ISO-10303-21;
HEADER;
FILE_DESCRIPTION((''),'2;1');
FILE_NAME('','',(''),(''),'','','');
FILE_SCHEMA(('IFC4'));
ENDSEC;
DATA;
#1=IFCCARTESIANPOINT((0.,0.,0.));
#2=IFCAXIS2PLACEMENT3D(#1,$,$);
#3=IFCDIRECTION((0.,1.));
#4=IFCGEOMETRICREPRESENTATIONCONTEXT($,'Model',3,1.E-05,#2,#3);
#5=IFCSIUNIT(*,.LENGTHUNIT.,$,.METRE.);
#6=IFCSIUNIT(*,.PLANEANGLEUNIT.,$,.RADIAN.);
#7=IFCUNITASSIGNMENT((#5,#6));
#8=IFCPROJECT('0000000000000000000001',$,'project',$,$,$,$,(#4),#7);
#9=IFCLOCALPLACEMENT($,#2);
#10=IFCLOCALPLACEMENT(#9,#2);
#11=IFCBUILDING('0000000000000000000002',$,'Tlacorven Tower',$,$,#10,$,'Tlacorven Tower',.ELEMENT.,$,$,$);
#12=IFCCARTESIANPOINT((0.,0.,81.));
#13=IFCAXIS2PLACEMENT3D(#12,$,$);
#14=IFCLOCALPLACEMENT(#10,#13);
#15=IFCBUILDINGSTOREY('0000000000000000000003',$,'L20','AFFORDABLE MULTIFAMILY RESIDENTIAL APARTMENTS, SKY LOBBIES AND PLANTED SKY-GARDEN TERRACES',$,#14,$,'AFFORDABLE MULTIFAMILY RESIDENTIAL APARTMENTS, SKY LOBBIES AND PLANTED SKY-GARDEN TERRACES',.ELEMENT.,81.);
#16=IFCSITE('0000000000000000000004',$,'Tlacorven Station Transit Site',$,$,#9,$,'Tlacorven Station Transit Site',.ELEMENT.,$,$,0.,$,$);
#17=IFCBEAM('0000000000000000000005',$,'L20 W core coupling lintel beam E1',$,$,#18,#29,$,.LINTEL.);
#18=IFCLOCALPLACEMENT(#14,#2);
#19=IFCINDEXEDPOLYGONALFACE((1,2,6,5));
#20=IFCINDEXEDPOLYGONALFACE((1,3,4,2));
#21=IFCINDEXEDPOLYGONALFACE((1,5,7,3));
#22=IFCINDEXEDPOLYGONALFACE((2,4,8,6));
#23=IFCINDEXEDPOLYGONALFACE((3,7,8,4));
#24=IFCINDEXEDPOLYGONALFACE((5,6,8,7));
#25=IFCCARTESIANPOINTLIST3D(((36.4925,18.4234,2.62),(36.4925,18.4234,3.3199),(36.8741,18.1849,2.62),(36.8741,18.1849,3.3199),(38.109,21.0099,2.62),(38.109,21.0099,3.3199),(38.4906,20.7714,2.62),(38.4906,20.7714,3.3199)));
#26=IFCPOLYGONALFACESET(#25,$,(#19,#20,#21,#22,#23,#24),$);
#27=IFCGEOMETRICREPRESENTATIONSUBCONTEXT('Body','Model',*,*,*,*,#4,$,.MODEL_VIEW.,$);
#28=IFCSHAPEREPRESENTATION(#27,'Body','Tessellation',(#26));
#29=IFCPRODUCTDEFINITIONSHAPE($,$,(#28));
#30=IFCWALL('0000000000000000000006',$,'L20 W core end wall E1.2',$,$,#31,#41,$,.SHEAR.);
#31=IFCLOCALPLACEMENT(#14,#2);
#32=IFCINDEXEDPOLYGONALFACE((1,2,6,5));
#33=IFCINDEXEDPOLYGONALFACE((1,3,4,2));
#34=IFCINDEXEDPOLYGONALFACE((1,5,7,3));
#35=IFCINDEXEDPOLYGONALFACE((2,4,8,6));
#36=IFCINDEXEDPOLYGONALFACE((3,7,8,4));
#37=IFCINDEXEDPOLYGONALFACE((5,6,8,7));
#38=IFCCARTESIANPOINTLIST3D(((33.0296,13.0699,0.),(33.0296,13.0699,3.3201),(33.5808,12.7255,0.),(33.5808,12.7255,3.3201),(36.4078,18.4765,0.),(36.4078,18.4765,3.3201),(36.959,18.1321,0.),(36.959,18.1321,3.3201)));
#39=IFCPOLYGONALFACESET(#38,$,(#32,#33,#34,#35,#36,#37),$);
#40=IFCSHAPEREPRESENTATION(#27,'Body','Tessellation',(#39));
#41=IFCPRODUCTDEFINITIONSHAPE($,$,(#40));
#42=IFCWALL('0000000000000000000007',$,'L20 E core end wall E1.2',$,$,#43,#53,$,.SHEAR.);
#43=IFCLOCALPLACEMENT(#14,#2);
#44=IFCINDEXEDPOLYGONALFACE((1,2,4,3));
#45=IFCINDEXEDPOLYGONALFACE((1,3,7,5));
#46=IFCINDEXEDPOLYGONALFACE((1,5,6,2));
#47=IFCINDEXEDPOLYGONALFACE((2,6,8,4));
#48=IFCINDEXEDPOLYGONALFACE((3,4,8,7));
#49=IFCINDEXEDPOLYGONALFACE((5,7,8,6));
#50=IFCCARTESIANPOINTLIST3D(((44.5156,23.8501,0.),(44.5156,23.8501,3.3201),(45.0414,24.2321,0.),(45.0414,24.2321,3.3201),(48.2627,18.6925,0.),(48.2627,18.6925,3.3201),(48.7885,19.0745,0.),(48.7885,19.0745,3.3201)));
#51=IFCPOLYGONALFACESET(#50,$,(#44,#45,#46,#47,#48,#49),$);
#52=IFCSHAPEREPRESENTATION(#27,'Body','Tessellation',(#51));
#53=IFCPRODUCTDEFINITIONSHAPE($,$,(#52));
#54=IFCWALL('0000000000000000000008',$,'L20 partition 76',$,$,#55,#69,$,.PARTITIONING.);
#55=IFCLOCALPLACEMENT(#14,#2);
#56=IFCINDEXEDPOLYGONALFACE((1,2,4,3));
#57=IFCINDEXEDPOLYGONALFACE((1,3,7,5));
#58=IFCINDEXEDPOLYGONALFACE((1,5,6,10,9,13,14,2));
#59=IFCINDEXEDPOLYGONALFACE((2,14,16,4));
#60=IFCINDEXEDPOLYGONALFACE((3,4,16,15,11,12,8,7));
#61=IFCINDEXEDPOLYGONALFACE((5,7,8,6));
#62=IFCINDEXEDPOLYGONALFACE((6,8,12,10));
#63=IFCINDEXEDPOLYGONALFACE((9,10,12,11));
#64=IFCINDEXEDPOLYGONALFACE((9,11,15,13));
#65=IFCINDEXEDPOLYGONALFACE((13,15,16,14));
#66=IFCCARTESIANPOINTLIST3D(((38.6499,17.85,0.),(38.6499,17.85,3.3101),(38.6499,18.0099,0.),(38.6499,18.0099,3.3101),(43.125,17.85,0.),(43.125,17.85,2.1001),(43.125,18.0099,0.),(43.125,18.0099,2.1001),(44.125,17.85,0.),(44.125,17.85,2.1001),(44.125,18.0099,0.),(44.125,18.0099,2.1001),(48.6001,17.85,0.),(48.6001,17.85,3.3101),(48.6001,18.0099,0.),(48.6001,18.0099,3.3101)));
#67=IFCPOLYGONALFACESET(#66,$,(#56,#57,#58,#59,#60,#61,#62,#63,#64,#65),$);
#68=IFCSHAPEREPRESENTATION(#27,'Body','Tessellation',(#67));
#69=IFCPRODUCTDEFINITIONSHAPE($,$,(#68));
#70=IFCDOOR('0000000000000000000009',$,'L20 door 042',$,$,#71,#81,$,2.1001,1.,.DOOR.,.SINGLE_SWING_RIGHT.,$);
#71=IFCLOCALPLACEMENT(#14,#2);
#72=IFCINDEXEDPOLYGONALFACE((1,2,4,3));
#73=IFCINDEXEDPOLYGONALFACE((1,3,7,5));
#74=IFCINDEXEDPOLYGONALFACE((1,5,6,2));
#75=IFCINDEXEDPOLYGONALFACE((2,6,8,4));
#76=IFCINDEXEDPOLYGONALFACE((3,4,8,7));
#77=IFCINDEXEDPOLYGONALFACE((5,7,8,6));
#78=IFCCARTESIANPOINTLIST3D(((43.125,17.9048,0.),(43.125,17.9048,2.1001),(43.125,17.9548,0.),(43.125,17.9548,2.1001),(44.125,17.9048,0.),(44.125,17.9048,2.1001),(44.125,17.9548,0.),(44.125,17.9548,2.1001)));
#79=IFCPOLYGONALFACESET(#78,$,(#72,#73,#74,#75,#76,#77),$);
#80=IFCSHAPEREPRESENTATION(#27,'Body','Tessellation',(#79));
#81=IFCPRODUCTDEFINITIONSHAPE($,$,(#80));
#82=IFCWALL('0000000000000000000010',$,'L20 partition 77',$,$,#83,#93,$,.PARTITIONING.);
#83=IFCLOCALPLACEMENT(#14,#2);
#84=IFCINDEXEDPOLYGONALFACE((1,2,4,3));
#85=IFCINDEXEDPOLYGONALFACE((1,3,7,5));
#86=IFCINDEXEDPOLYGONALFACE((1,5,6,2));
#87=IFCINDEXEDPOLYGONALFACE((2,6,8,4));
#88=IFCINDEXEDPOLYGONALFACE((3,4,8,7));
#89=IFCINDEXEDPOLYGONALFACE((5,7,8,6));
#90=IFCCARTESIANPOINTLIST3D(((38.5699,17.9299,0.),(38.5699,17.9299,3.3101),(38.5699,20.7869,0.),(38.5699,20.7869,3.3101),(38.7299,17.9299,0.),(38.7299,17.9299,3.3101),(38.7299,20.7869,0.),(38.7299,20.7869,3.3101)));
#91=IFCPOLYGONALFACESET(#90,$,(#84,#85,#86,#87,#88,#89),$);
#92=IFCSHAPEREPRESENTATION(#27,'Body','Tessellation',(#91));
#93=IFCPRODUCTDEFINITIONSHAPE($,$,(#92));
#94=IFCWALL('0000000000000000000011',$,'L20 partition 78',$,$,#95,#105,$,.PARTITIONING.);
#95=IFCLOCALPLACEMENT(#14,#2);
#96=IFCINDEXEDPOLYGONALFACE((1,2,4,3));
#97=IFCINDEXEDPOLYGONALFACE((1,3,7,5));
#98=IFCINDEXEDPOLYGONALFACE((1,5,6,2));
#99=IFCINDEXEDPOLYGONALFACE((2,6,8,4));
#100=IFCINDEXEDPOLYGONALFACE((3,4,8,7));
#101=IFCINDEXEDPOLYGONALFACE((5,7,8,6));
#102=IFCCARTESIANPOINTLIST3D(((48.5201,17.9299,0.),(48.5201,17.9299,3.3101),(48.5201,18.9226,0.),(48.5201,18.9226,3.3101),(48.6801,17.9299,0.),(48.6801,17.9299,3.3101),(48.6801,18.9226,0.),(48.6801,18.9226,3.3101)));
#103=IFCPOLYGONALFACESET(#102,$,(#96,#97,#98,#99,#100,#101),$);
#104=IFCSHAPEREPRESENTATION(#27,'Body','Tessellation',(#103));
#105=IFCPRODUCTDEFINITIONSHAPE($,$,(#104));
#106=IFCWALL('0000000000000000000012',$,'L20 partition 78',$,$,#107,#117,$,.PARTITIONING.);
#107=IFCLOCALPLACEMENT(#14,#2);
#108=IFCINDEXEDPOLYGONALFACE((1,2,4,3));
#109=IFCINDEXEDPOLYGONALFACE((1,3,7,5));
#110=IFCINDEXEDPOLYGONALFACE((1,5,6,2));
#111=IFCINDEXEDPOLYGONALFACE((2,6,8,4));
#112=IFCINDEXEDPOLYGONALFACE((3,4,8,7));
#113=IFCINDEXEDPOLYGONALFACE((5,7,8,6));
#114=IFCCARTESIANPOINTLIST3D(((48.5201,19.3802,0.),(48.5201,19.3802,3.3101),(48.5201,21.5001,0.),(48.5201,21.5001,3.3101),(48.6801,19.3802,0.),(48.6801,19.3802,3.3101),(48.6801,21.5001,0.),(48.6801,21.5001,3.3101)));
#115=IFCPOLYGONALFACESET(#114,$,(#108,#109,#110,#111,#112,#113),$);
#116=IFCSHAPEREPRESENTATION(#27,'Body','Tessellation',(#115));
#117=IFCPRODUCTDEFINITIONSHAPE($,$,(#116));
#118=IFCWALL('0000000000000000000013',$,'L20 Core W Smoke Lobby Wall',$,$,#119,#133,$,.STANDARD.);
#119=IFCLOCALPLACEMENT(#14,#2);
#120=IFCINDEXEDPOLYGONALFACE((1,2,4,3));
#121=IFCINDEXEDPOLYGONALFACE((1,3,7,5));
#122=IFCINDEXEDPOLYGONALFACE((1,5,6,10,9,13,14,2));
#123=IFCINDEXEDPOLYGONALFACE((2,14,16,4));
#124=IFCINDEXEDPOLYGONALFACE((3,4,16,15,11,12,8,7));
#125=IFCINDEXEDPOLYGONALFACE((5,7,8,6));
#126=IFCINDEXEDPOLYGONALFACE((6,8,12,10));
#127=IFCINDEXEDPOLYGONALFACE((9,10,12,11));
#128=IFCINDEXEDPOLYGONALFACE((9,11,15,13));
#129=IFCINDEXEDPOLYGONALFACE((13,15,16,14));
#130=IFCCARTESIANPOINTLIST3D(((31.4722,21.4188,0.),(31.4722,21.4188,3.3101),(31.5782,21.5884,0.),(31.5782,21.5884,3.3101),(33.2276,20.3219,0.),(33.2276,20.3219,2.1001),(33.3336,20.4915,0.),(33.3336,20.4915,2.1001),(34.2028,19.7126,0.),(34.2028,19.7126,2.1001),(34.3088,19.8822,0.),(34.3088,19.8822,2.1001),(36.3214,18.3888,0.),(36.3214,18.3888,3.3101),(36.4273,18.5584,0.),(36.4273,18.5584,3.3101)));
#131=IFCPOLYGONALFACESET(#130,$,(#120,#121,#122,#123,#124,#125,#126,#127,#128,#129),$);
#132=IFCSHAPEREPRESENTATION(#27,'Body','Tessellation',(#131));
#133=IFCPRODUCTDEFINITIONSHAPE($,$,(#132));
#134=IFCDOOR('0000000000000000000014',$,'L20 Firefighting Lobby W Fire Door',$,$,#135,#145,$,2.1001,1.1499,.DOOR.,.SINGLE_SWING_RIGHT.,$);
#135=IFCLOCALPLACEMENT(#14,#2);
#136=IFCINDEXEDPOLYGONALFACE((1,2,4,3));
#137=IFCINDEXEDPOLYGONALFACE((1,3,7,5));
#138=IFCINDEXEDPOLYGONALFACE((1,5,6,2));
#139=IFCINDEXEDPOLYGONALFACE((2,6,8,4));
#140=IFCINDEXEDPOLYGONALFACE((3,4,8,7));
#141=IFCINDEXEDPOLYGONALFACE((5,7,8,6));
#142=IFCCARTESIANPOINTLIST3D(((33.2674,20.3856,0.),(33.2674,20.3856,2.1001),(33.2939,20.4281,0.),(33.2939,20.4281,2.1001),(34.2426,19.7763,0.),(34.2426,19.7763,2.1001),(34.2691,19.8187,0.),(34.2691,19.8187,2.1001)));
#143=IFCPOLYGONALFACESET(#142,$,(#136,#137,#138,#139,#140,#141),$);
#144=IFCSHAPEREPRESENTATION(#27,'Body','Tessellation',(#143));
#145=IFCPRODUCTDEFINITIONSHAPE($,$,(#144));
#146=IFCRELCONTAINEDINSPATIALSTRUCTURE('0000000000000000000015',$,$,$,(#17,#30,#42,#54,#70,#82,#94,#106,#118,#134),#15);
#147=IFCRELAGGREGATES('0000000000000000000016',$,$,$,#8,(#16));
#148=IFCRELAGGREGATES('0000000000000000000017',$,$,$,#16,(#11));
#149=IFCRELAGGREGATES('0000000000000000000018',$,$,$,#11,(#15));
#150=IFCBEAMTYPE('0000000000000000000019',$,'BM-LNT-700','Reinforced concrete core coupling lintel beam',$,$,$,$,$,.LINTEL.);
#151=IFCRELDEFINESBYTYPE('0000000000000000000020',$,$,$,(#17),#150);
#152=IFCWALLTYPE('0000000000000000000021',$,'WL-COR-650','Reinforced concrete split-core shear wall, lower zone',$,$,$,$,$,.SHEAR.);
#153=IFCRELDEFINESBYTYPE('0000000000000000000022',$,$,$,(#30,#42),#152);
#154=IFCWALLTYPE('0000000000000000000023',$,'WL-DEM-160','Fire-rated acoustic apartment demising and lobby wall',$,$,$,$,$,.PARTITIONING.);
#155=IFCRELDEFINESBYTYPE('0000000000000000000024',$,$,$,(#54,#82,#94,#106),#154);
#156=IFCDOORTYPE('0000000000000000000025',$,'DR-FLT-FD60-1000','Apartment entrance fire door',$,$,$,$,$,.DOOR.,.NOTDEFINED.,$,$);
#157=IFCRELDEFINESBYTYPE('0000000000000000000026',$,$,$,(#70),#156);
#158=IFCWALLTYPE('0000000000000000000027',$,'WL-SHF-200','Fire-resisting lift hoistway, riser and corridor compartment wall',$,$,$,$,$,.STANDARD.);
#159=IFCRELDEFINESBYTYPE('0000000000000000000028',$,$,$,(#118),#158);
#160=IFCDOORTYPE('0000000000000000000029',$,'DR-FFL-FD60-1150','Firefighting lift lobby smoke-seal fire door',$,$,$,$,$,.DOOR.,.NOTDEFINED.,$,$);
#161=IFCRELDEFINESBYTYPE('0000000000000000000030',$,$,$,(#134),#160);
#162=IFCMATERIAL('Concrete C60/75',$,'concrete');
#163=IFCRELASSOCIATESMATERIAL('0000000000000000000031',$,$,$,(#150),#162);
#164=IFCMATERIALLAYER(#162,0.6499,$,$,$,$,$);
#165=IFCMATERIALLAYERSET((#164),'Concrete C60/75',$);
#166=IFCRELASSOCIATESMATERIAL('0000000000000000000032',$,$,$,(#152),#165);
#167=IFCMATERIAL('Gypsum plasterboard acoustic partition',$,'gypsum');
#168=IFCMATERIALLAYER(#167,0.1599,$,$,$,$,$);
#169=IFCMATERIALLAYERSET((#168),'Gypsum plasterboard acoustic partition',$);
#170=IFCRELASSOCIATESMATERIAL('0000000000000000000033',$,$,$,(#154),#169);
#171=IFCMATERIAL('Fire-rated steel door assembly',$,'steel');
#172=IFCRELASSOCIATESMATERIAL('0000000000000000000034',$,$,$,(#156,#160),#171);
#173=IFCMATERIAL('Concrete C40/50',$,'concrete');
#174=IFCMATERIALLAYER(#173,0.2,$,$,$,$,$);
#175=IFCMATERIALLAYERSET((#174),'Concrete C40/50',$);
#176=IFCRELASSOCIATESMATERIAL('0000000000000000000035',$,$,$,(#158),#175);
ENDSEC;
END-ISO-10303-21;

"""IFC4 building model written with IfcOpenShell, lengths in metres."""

from ifc_helpers import new_model, si_unit, direction, frame, frame_2d, origin, origin_2d, place, context, subcontext, project, spatial, rectangle, extrude, source, transform, mapped, material, layer, layer_set, material_profile, profile_set, type_object, element, fill, save


model = new_model("IFC4")

# Units and contexts
model_context = context("Model", 3, precision=1e-05, world=origin(), true_north=direction((0.0, 1.0)))
body_context = subcontext(model_context, "Body", "Model", "MODEL_VIEW")
ifc_project = project(units=[si_unit("LENGTHUNIT", "METRE"), si_unit("PLANEANGLEUNIT", "RADIAN")], contexts=[model_context])

# Site, building, storey
site_placement = place(None, origin())
site = spatial("IfcSite", under=ifc_project, at=site_placement, Name="Tlacorven Station Transit Site", LongName="Tlacorven Station Transit Site", CompositionType="ELEMENT", RefElevation=0.0)
building_placement = place(site_placement, origin())
building = spatial("IfcBuilding", under=site, at=building_placement, Name="Tlacorven Tower", LongName="Tlacorven Tower", CompositionType="ELEMENT")
storey_placement = place(building_placement, frame((0.0, 0.0, 81.0)))
storey = spatial("IfcBuildingStorey", under=building, at=storey_placement, Name="L20", Description="AFFORDABLE MULTIFAMILY RESIDENTIAL APARTMENTS, SKY LOBBIES AND PLANTED SKY-GARDEN TERRACES", LongName="AFFORDABLE MULTIFAMILY RESIDENTIAL APARTMENTS, SKY LOBBIES AND PLANTED SKY-GARDEN TERRACES", CompositionType="ELEMENT", Elevation=81.0)

# Beam
ifc_material_1 = material(Name="Concrete C60/75", Category="concrete")
ifc_material_profile = material_profile(ifc_material_1, rectangle(XDim=0.45, YDim=0.7, at=origin_2d()), Name="RC 450X700")
ifc_profile_set = profile_set([ifc_material_profile], Name="Concrete C60/75")
beam_type = type_object("IfcBeamType", Name="BM-LNT-700", Description="Reinforced concrete core coupling lintel beam", PredefinedType="LINTEL", material=ifc_profile_set)
shared_shape_1 = source(origin(), body_context, "Body", "SweptSolid", [
    extrude(rectangle(XDim=0.45, YDim=0.7, at=origin_2d()), origin(), (0.0, 0.0, 1.0), 3.05),
])
beam_placement = place(storey_placement, frame((38.2998, 20.8906, 2.97), z_axis=(-0.529985, -0.848007, 0.0), x_axis=(0.848007, -0.529985, 0.0)))
element("IfcBeam", 1, at=beam_placement, inside=storey, type_object=beam_type, Name="L20 W core coupling lintel beam E1", PredefinedType="LINTEL", context=body_context, shape_type="MappedRepresentation", body=[
    mapped(shared_shape_1, transform((0.0, 0.0, 0.0), scale=1.0)),
])

# Walls
ifc_layer_1 = layer(ifc_material_1, 0.6499)
ifc_layer_set_1 = layer_set([ifc_layer_1], Name="Concrete C60/75")
wall_type_1 = type_object("IfcWallType", Name="WL-COR-650", Description="Reinforced concrete split-core shear wall, lower zone", PredefinedType="SHEAR", material=ifc_layer_set_1)
wall_1_placement = place(storey_placement, frame((36.6833, 18.3042, 0.0), z_axis=(0.0, 0.0, 1.0), x_axis=(-0.529899, -0.848061, 0.0)))
element("IfcWall", 2, at=wall_1_placement, inside=storey, type_object=wall_type_1, Name="L20 W core end wall E1.2", PredefinedType="SHEAR", context=body_context, shape_type="SweptSolid", body=[
    extrude(rectangle(XDim=6.3752, YDim=0.6499, at=frame_2d((3.1875, 0.0))), origin(), (0.0, 0.0, 1.0), 3.3201),
])
wall_2_placement = place(storey_placement, frame((48.5256, 18.8835, 0.0), z_axis=(0.0, 0.0, 1.0), x_axis=(-0.58778, 0.809021, 0.0)))
element("IfcWall", 3, at=wall_2_placement, inside=storey, type_object=wall_type_1, Name="L20 E core end wall E1.2", PredefinedType="SHEAR", context=body_context, shape_type="SweptSolid", body=[
    extrude(rectangle(XDim=6.375, YDim=0.6499, at=frame_2d((3.1875, 0.0))), origin(), (0.0, 0.0, 1.0), 3.3201),
])

# Wall, opening, door
ifc_material_2 = material(Name="Gypsum plasterboard acoustic partition", Category="gypsum")
ifc_layer_2 = layer(ifc_material_2, 0.1599)
ifc_layer_set_2 = layer_set([ifc_layer_2], Name="Gypsum plasterboard acoustic partition")
wall_type_2 = type_object("IfcWallType", Name="WL-DEM-160", Description="Fire-rated acoustic apartment demising and lobby wall", PredefinedType="PARTITIONING", material=ifc_layer_set_2)
wall_3_placement = place(storey_placement, frame((38.6499, 17.9299, 0.0), z_axis=(0.0, 0.0, 1.0), x_axis=(1.0, 0.0, 0.0)))
wall_3 = element("IfcWall", 4, at=wall_3_placement, inside=storey, type_object=wall_type_2, Name="L20 partition 76", PredefinedType="PARTITIONING", context=body_context, shape_type="SweptSolid", body=[
    extrude(rectangle(XDim=9.9502, YDim=0.1599, at=frame_2d((4.9751, 0.0))), origin(), (0.0, 0.0, 1.0), 3.3101),
])
opening_1_placement = place(wall_3_placement, frame((4.4751, 0.0, 0.0)))
opening_1 = element("IfcOpeningElement", 5, at=opening_1_placement, cuts=wall_3, PredefinedType="OPENING", context=body_context, shape_type="SweptSolid", body=[
    extrude(rectangle(XDim=1.0, YDim=2.1001, at=frame_2d((0.5, 1.05))), frame((0.0, 0.0898, 0.0), z_axis=(0.0, -1.0, 0.0), x_axis=(1.0, 0.0, 0.0)), (0.0, 0.0, 1.0), 0.1799),
])
ifc_material_3 = material(Name="Fire-rated steel door assembly", Category="steel")
door_type_1 = type_object("IfcDoorType", Name="DR-FLT-FD60-1000", Description="Apartment entrance fire door", OperationType="NOTDEFINED", PredefinedType="DOOR", material=ifc_material_3)
shared_shape_2 = source(origin(), body_context, "Body", "SweptSolid", [
    extrude(rectangle(XDim=1.0, YDim=2.1001, at=frame_2d((0.5, 1.05))), frame((0.0, 0.0249, 0.0), z_axis=(0.0, -1.0, 0.0), x_axis=(1.0, 0.0, 0.0)), (0.0, 0.0, 1.0), 0.05),
])
door_1_placement = place(opening_1_placement, origin())
door_1 = element("IfcDoor", 6, at=door_1_placement, inside=storey, type_object=door_type_1, Name="L20 door 042", OperationType="SINGLE_SWING_RIGHT", OverallHeight=2.1001, OverallWidth=1.0, PredefinedType="DOOR", context=body_context, shape_type="MappedRepresentation", body=[
    mapped(shared_shape_2, transform((0.0, 0.0, 0.0), scale=1.0)),
])
fill(opening_1, door_1)

# Walls
wall_4_placement = place(storey_placement, frame((38.6499, 17.9299, 0.0), z_axis=(0.0, 0.0, 1.0), x_axis=(0.0, 1.0, 0.0)))
element("IfcWall", 7, at=wall_4_placement, inside=storey, type_object=wall_type_2, Name="L20 partition 77", PredefinedType="PARTITIONING", context=body_context, shape_type="SweptSolid", body=[
    extrude(rectangle(XDim=2.8569, YDim=0.1599, at=frame_2d((1.4285, 0.0))), origin(), (0.0, 0.0, 1.0), 3.3101),
])
wall_5_placement = place(storey_placement, frame((48.6001, 17.9299, 0.0), z_axis=(0.0, 0.0, 1.0), x_axis=(0.0, 1.0, 0.0)))
element("IfcWall", 8, at=wall_5_placement, inside=storey, type_object=wall_type_2, Name="L20 partition 78", PredefinedType="PARTITIONING", context=body_context, shape_type="SweptSolid", body=[
    extrude(rectangle(XDim=0.9927, YDim=0.1599, at=frame_2d((0.4963, 0.0))), origin(), (0.0, 0.0, 1.0), 3.3101),
])
wall_6_placement = place(storey_placement, frame((48.6001, 19.3801, 0.0), z_axis=(0.0, 0.0, 1.0), x_axis=(0.0, 1.0, 0.0)))
element("IfcWall", 9, at=wall_6_placement, inside=storey, type_object=wall_type_2, Name="L20 partition 78", PredefinedType="PARTITIONING", context=body_context, shape_type="SweptSolid", body=[
    extrude(rectangle(XDim=2.1199, YDim=0.1599, at=frame_2d((1.0601, 0.0))), origin(), (0.0, 0.0, 1.0), 3.3101),
])

# Wall, opening, door
ifc_material_4 = material(Name="Concrete C40/50", Category="concrete")
ifc_layer_3 = layer(ifc_material_4, 0.2)
ifc_layer_set_3 = layer_set([ifc_layer_3], Name="Concrete C40/50")
wall_type_3 = type_object("IfcWallType", Name="WL-SHF-200", Description="Fire-resisting lift hoistway, riser and corridor compartment wall", PredefinedType="STANDARD", material=ifc_layer_set_3)
wall_7_placement = place(storey_placement, frame((36.3743, 18.4736, 0.0), z_axis=(0.0, 0.0, 1.0), x_axis=(-0.848051, 0.529915, 0.0)))
wall_7 = element("IfcWall", 10, at=wall_7_placement, inside=storey, type_object=wall_type_3, Name="L20 Core W Smoke Lobby Wall", PredefinedType="STANDARD", context=body_context, shape_type="SweptSolid", body=[
    extrude(rectangle(XDim=5.718, YDim=0.2, at=frame_2d((2.8589, 0.0))), origin(), (0.0, 0.0, 1.0), 3.3101),
])
opening_2_placement = place(wall_7_placement, frame((2.498, 0.0, 0.0)))
opening_2 = element("IfcOpeningElement", 11, at=opening_2_placement, cuts=wall_7, PredefinedType="OPENING", context=body_context, shape_type="SweptSolid", body=[
    extrude(rectangle(XDim=1.1499, YDim=2.1001, at=frame_2d((0.575, 1.05))), frame((0.0, 0.1099, 0.0), z_axis=(0.0, -1.0, 0.0), x_axis=(1.0, 0.0, 0.0)), (0.0, 0.0, 1.0), 0.22),
])
door_type_2 = type_object("IfcDoorType", Name="DR-FFL-FD60-1150", Description="Firefighting lift lobby smoke-seal fire door", OperationType="NOTDEFINED", PredefinedType="DOOR", material=ifc_material_3)
shared_shape_3 = source(origin(), body_context, "Body", "SweptSolid", [
    extrude(rectangle(XDim=1.1499, YDim=2.1001, at=frame_2d((0.575, 1.05))), frame((0.0, 0.0249, 0.0), z_axis=(0.0, -1.0, 0.0), x_axis=(1.0, 0.0, 0.0)), (0.0, 0.0, 1.0), 0.05),
])
door_2_placement = place(opening_2_placement, origin())
door_2 = element("IfcDoor", 12, at=door_2_placement, inside=storey, type_object=door_type_2, Name="L20 Firefighting Lobby W Fire Door", OperationType="SINGLE_SWING_RIGHT", OverallHeight=2.1001, OverallWidth=1.1499, PredefinedType="DOOR", context=body_context, shape_type="MappedRepresentation", body=[
    mapped(shared_shape_3, transform((0.0, 0.0, 0.0), scale=1.0)),
])
fill(opening_2, door_2)

save(model, "model.ifc")
